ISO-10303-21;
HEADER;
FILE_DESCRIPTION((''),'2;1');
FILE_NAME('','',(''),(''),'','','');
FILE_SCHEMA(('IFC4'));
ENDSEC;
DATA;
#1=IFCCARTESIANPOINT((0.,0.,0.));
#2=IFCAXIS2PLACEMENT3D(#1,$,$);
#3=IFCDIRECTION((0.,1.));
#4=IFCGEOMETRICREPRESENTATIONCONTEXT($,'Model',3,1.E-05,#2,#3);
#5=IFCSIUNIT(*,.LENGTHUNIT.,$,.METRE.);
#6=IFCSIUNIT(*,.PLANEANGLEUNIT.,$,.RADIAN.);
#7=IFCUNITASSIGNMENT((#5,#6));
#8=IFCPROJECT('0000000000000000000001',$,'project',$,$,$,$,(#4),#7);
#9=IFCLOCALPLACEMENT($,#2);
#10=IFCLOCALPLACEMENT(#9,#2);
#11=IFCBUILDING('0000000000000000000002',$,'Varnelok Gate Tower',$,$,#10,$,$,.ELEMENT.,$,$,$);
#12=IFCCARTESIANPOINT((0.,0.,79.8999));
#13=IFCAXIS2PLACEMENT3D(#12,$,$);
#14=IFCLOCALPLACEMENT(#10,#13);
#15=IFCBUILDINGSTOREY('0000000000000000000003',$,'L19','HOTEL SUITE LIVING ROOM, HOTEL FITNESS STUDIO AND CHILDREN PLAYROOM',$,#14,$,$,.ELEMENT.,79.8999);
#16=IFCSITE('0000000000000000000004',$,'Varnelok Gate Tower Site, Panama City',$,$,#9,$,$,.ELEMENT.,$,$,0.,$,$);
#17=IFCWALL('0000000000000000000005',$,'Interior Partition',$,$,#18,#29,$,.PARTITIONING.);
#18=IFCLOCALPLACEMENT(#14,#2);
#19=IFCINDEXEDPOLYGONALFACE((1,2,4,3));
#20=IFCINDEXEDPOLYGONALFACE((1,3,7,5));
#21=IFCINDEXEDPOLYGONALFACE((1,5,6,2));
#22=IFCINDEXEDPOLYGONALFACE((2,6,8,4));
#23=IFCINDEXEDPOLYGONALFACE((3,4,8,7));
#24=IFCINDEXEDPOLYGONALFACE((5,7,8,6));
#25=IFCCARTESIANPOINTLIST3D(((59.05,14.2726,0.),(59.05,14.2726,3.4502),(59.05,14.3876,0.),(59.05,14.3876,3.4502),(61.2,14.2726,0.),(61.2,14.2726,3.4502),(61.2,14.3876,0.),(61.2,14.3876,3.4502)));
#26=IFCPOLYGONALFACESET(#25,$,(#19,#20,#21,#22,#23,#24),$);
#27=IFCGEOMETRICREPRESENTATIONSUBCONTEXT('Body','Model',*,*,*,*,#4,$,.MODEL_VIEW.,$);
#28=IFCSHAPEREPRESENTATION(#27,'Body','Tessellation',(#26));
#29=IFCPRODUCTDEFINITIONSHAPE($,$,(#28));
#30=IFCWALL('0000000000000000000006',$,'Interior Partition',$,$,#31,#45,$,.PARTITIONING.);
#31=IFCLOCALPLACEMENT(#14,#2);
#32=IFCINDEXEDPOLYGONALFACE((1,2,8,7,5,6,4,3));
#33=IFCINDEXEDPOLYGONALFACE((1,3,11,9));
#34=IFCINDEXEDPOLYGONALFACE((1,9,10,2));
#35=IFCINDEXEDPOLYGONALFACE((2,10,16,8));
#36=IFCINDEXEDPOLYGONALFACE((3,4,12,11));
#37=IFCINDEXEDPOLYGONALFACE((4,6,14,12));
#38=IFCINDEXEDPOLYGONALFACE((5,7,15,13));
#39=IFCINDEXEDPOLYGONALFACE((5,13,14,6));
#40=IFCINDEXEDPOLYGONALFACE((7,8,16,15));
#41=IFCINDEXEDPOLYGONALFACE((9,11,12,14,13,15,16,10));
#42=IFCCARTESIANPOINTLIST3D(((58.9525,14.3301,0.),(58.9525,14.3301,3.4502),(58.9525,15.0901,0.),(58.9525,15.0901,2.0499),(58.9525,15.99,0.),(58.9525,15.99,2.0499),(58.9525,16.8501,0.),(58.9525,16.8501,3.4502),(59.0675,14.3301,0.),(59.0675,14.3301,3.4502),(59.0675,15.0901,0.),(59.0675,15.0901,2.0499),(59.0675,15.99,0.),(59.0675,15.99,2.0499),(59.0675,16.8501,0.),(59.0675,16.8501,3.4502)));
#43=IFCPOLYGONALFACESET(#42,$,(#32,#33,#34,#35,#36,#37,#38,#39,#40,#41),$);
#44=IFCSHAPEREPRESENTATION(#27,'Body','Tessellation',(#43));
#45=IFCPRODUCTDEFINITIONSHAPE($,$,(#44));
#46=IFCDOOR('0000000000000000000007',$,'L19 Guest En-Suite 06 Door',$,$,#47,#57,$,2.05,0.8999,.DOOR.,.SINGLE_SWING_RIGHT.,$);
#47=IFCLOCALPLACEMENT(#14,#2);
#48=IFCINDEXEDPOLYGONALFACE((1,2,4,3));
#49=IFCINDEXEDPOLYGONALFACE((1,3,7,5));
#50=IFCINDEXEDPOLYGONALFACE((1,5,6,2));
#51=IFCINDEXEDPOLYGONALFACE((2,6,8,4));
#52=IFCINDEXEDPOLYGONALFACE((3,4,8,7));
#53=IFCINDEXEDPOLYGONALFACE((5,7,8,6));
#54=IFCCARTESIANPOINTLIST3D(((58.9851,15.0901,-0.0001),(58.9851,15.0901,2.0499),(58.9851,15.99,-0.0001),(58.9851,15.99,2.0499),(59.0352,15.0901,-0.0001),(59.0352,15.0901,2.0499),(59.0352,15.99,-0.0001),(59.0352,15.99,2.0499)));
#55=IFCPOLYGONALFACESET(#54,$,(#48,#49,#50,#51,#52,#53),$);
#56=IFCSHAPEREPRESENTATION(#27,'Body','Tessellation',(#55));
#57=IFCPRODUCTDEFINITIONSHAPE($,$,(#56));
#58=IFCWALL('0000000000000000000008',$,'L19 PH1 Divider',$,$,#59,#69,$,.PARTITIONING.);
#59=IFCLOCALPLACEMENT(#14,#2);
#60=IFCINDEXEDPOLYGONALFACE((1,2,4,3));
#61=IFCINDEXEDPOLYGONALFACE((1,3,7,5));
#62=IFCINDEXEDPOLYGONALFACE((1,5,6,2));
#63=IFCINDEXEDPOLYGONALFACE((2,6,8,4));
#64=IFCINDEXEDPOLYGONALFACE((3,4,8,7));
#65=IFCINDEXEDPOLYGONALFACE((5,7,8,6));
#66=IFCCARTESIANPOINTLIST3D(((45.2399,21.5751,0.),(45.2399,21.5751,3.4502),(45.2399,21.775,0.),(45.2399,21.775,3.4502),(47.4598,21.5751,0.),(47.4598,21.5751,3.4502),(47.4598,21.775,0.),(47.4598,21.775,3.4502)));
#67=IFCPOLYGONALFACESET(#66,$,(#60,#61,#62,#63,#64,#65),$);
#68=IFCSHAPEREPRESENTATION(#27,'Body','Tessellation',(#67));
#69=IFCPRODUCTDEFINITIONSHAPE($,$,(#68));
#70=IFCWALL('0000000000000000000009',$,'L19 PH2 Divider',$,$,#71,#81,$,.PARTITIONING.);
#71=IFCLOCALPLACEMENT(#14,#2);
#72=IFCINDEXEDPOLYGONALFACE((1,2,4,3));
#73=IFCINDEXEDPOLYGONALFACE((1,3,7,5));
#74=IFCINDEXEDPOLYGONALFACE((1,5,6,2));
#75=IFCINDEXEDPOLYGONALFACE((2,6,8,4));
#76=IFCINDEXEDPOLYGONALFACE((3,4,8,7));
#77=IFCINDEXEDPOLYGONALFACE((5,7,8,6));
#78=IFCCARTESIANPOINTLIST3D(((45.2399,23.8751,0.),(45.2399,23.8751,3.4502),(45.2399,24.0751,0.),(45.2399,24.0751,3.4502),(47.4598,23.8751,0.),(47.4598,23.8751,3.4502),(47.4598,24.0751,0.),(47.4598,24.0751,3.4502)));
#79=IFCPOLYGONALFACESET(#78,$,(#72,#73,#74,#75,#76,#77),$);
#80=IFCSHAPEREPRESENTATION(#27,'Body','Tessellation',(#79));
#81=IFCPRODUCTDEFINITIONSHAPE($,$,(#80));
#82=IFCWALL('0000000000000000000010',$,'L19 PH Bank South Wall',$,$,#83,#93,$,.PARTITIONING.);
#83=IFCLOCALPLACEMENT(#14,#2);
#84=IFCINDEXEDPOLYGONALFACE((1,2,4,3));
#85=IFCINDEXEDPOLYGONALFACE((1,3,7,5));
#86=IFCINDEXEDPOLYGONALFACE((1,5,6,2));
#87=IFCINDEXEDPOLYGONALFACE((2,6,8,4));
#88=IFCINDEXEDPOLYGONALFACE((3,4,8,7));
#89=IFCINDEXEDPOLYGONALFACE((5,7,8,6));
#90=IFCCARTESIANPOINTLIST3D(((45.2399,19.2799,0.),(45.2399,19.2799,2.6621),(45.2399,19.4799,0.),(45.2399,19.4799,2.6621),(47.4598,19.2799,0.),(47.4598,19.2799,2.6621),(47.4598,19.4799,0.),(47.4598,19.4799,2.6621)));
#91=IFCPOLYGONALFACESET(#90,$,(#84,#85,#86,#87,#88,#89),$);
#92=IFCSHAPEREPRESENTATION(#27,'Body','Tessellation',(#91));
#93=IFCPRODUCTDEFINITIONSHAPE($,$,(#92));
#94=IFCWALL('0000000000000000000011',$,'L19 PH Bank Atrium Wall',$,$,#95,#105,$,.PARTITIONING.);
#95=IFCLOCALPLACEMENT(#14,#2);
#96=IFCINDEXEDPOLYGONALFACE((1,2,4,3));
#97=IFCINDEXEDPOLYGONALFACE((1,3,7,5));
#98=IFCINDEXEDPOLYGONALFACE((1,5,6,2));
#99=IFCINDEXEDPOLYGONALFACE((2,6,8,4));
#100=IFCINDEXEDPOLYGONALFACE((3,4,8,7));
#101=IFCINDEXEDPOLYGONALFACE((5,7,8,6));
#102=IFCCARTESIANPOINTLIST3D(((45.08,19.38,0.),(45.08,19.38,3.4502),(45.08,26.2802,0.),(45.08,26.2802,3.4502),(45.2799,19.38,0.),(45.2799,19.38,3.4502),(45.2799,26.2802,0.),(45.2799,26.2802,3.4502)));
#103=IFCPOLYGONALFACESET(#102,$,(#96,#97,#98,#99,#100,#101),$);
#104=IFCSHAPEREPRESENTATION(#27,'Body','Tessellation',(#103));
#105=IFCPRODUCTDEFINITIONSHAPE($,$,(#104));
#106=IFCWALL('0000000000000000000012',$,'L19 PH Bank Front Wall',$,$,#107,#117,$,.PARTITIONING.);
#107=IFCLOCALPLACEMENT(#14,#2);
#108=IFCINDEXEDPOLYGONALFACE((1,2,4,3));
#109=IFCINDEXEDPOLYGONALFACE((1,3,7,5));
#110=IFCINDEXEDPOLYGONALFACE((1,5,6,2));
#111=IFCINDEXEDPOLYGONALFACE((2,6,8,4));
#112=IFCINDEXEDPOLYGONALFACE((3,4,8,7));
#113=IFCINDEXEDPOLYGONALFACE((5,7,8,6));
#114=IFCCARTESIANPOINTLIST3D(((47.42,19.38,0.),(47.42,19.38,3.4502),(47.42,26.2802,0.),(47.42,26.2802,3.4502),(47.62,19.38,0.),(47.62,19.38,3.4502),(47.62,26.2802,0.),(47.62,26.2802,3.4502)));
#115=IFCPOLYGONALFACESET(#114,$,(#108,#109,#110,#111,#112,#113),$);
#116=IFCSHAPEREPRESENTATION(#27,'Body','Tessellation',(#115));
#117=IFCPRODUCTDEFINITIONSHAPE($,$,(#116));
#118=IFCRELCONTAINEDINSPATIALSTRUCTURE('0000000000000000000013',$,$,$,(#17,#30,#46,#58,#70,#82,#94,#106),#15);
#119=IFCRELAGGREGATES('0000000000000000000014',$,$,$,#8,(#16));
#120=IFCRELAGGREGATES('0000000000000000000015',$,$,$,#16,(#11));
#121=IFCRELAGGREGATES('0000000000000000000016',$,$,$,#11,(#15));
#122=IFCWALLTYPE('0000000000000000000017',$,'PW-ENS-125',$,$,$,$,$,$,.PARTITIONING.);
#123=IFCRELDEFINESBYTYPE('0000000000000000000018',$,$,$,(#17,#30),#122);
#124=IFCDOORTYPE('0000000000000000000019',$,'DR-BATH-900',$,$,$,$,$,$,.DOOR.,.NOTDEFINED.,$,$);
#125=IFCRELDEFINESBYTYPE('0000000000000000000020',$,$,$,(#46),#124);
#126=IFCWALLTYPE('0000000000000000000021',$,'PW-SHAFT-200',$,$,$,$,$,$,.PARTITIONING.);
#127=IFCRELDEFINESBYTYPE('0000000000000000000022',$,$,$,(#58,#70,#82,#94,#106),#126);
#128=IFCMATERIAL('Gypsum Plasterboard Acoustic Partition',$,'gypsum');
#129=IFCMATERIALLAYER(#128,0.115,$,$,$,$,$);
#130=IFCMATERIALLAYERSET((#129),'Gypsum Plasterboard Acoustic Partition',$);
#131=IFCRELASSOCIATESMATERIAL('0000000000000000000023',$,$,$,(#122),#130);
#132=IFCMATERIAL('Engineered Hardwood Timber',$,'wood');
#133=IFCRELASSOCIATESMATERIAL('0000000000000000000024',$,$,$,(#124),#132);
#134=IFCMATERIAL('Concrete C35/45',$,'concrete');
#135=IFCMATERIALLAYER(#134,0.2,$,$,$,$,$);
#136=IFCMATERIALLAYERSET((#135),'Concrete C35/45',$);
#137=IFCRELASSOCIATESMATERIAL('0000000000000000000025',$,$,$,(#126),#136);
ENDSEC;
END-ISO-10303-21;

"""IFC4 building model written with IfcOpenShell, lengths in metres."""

from ifc_helpers import new_model, si_unit, direction, frame, frame_2d, origin, place, context, subcontext, project, spatial, rectangle, extrude, material, layer, layer_set, type_object, element, fill, save


model = new_model("IFC4")

# Units and contexts
model_context = context("Model", 3, precision=1e-05, world=origin(), true_north=direction((0.0, 1.0)))
body_context = subcontext(model_context, "Body", "Model", "MODEL_VIEW")
ifc_project = project(units=[si_unit("LENGTHUNIT", "METRE"), si_unit("PLANEANGLEUNIT", "RADIAN")], contexts=[model_context])

# Site, building, storey
site_placement = place(None, origin())
site = spatial("IfcSite", under=ifc_project, at=site_placement, Name="Varnelok Gate Tower Site, Panama City", CompositionType="ELEMENT", RefElevation=0.0)
building_placement = place(site_placement, origin())
building = spatial("IfcBuilding", under=site, at=building_placement, Name="Varnelok Gate Tower", CompositionType="ELEMENT")
storey_placement = place(building_placement, frame((0.0, 0.0, 79.8999)))
storey = spatial("IfcBuildingStorey", under=building, at=storey_placement, Name="L19", Description="HOTEL SUITE LIVING ROOM, HOTEL FITNESS STUDIO AND CHILDREN PLAYROOM", CompositionType="ELEMENT", Elevation=79.8999)

# Shared definitions
ifc_material_1 = material(Name="Gypsum Plasterboard Acoustic Partition", Category="gypsum")
ifc_material_2 = material(Name="Engineered Hardwood Timber", Category="wood")

# Wall
ifc_layer_1 = layer(ifc_material_1, 0.115)
ifc_layer_set_1 = layer_set([ifc_layer_1], Name="Gypsum Plasterboard Acoustic Partition")
wall_type_1 = type_object("IfcWallType", Name="PW-ENS-125", PredefinedType="PARTITIONING", material=ifc_layer_set_1)
wall_1_placement = place(storey_placement, frame((59.05, 14.3301, 0.0), z_axis=(0.0, 0.0, 1.0), x_axis=(1.0, 0.0, 0.0)))
element("IfcWall", 1, at=wall_1_placement, inside=storey, type_object=wall_type_1, Name="Interior Partition", PredefinedType="PARTITIONING", context=body_context, shape_type="SweptSolid", body=[
    extrude(rectangle(XDim=2.1499, YDim=0.115, at=frame_2d((1.075, 0.0))), origin(), (0.0, 0.0, 1.0), 3.4502),
])

# Wall, opening, door
wall_2_placement = place(storey_placement, frame((59.01, 14.3301, 0.0), z_axis=(0.0, 0.0, 1.0), x_axis=(0.0, 1.0, 0.0)))
wall_2 = element("IfcWall", 2, at=wall_2_placement, inside=storey, type_object=wall_type_1, Name="Interior Partition", PredefinedType="PARTITIONING", context=body_context, shape_type="SweptSolid", body=[
    extrude(rectangle(XDim=2.52, YDim=0.115, at=frame_2d((1.26, 0.0))), origin(), (0.0, 0.0, 1.0), 3.4502),
])
opening_1_placement = place(wall_2_placement, frame((0.76, 0.0, 0.0)))
opening_1 = element("IfcOpeningElement", 3, at=opening_1_placement, cuts=wall_2, PredefinedType="OPENING", context=body_context, shape_type="SweptSolid", body=[
    extrude(rectangle(XDim=0.8999, YDim=2.05, at=frame_2d((0.45, 1.0249))), frame((0.0, 0.0674, 0.0), z_axis=(0.0, -1.0, 0.0), x_axis=(1.0, 0.0, 0.0)), (0.0, 0.0, 1.0), 0.135),
])
door_type_1 = type_object("IfcDoorType", Name="DR-BATH-900", OperationType="NOTDEFINED", PredefinedType="DOOR", material=ifc_material_2)
door_1_placement = place(opening_1_placement, origin())
door_1 = element("IfcDoor", 4, at=door_1_placement, inside=storey, type_object=door_type_1, Name="L19 Guest En-Suite 06 Door", OperationType="SINGLE_SWING_RIGHT", OverallHeight=2.05, OverallWidth=0.8999, PredefinedType="DOOR", context=body_context, shape_type="SweptSolid", body=[
    extrude(rectangle(XDim=0.8999, YDim=2.05, at=frame_2d((0.45, 1.0249))), frame((0.0, 0.0249, 0.0), z_axis=(0.0, -1.0, 0.0), x_axis=(1.0, 0.0, 0.0)), (0.0, 0.0, 1.0), 0.05),
])
fill(opening_1, door_1)

# Walls
ifc_material_3 = material(Name="Concrete C35/45", Category="concrete")
ifc_layer_2 = layer(ifc_material_3, 0.2)
ifc_layer_set_2 = layer_set([ifc_layer_2], Name="Concrete C35/45")
wall_type_2 = type_object("IfcWallType", Name="PW-SHAFT-200", PredefinedType="PARTITIONING", material=ifc_layer_set_2)
for number, where, z_axis, x_axis, name in (
    (5, (45.24, 21.675, 0.0), (0.0, 0.0, 1.0), (1.0, 0.0, 0.0), "L19 PH1 Divider"),
    (6, (45.24, 23.9751, 0.0), (0.0, 0.0, 1.0), (1.0, 0.0, 0.0), "L19 PH2 Divider"),
):
    element("IfcWall", number, at=place(storey_placement, frame(where, z_axis=z_axis, x_axis=x_axis)), inside=storey, type_object=wall_type_2, Name=name, PredefinedType="PARTITIONING", context=body_context, shape_type="SweptSolid", body=[
        extrude(rectangle(XDim=2.22, YDim=0.2, at=frame_2d((1.1099, 0.0))), origin(), (0.0, 0.0, 1.0), 3.4502),
    ])
wall_3_placement = place(storey_placement, frame((45.24, 19.3799, 0.0), z_axis=(0.0, 0.0, 1.0), x_axis=(1.0, 0.0, 0.0)))
element("IfcWall", 7, at=wall_3_placement, inside=storey, type_object=wall_type_2, Name="L19 PH Bank South Wall", PredefinedType="PARTITIONING", context=body_context, shape_type="SweptSolid", body=[
    extrude(rectangle(XDim=2.22, YDim=0.2, at=frame_2d((1.1099, 0.0))), origin(), (0.0, 0.0, 1.0), 2.6621),
])
for number, where, z_axis, x_axis, name in (
    (8, (45.1799, 19.3799, 0.0), (0.0, 0.0, 1.0), (0.0, 1.0, 0.0), "L19 PH Bank Atrium Wall"),
    (9, (47.52, 19.3799, 0.0), (0.0, 0.0, 1.0), (0.0, 1.0, 0.0), "L19 PH Bank Front Wall"),
):
    element("IfcWall", number, at=place(storey_placement, frame(where, z_axis=z_axis, x_axis=x_axis)), inside=storey, type_object=wall_type_2, Name=name, PredefinedType="PARTITIONING", context=body_context, shape_type="SweptSolid", body=[
        extrude(rectangle(XDim=6.9001, YDim=0.2, at=frame_2d((3.4502, 0.0))), origin(), (0.0, 0.0, 1.0), 3.4502),
    ])

save(model, "model.ifc")
